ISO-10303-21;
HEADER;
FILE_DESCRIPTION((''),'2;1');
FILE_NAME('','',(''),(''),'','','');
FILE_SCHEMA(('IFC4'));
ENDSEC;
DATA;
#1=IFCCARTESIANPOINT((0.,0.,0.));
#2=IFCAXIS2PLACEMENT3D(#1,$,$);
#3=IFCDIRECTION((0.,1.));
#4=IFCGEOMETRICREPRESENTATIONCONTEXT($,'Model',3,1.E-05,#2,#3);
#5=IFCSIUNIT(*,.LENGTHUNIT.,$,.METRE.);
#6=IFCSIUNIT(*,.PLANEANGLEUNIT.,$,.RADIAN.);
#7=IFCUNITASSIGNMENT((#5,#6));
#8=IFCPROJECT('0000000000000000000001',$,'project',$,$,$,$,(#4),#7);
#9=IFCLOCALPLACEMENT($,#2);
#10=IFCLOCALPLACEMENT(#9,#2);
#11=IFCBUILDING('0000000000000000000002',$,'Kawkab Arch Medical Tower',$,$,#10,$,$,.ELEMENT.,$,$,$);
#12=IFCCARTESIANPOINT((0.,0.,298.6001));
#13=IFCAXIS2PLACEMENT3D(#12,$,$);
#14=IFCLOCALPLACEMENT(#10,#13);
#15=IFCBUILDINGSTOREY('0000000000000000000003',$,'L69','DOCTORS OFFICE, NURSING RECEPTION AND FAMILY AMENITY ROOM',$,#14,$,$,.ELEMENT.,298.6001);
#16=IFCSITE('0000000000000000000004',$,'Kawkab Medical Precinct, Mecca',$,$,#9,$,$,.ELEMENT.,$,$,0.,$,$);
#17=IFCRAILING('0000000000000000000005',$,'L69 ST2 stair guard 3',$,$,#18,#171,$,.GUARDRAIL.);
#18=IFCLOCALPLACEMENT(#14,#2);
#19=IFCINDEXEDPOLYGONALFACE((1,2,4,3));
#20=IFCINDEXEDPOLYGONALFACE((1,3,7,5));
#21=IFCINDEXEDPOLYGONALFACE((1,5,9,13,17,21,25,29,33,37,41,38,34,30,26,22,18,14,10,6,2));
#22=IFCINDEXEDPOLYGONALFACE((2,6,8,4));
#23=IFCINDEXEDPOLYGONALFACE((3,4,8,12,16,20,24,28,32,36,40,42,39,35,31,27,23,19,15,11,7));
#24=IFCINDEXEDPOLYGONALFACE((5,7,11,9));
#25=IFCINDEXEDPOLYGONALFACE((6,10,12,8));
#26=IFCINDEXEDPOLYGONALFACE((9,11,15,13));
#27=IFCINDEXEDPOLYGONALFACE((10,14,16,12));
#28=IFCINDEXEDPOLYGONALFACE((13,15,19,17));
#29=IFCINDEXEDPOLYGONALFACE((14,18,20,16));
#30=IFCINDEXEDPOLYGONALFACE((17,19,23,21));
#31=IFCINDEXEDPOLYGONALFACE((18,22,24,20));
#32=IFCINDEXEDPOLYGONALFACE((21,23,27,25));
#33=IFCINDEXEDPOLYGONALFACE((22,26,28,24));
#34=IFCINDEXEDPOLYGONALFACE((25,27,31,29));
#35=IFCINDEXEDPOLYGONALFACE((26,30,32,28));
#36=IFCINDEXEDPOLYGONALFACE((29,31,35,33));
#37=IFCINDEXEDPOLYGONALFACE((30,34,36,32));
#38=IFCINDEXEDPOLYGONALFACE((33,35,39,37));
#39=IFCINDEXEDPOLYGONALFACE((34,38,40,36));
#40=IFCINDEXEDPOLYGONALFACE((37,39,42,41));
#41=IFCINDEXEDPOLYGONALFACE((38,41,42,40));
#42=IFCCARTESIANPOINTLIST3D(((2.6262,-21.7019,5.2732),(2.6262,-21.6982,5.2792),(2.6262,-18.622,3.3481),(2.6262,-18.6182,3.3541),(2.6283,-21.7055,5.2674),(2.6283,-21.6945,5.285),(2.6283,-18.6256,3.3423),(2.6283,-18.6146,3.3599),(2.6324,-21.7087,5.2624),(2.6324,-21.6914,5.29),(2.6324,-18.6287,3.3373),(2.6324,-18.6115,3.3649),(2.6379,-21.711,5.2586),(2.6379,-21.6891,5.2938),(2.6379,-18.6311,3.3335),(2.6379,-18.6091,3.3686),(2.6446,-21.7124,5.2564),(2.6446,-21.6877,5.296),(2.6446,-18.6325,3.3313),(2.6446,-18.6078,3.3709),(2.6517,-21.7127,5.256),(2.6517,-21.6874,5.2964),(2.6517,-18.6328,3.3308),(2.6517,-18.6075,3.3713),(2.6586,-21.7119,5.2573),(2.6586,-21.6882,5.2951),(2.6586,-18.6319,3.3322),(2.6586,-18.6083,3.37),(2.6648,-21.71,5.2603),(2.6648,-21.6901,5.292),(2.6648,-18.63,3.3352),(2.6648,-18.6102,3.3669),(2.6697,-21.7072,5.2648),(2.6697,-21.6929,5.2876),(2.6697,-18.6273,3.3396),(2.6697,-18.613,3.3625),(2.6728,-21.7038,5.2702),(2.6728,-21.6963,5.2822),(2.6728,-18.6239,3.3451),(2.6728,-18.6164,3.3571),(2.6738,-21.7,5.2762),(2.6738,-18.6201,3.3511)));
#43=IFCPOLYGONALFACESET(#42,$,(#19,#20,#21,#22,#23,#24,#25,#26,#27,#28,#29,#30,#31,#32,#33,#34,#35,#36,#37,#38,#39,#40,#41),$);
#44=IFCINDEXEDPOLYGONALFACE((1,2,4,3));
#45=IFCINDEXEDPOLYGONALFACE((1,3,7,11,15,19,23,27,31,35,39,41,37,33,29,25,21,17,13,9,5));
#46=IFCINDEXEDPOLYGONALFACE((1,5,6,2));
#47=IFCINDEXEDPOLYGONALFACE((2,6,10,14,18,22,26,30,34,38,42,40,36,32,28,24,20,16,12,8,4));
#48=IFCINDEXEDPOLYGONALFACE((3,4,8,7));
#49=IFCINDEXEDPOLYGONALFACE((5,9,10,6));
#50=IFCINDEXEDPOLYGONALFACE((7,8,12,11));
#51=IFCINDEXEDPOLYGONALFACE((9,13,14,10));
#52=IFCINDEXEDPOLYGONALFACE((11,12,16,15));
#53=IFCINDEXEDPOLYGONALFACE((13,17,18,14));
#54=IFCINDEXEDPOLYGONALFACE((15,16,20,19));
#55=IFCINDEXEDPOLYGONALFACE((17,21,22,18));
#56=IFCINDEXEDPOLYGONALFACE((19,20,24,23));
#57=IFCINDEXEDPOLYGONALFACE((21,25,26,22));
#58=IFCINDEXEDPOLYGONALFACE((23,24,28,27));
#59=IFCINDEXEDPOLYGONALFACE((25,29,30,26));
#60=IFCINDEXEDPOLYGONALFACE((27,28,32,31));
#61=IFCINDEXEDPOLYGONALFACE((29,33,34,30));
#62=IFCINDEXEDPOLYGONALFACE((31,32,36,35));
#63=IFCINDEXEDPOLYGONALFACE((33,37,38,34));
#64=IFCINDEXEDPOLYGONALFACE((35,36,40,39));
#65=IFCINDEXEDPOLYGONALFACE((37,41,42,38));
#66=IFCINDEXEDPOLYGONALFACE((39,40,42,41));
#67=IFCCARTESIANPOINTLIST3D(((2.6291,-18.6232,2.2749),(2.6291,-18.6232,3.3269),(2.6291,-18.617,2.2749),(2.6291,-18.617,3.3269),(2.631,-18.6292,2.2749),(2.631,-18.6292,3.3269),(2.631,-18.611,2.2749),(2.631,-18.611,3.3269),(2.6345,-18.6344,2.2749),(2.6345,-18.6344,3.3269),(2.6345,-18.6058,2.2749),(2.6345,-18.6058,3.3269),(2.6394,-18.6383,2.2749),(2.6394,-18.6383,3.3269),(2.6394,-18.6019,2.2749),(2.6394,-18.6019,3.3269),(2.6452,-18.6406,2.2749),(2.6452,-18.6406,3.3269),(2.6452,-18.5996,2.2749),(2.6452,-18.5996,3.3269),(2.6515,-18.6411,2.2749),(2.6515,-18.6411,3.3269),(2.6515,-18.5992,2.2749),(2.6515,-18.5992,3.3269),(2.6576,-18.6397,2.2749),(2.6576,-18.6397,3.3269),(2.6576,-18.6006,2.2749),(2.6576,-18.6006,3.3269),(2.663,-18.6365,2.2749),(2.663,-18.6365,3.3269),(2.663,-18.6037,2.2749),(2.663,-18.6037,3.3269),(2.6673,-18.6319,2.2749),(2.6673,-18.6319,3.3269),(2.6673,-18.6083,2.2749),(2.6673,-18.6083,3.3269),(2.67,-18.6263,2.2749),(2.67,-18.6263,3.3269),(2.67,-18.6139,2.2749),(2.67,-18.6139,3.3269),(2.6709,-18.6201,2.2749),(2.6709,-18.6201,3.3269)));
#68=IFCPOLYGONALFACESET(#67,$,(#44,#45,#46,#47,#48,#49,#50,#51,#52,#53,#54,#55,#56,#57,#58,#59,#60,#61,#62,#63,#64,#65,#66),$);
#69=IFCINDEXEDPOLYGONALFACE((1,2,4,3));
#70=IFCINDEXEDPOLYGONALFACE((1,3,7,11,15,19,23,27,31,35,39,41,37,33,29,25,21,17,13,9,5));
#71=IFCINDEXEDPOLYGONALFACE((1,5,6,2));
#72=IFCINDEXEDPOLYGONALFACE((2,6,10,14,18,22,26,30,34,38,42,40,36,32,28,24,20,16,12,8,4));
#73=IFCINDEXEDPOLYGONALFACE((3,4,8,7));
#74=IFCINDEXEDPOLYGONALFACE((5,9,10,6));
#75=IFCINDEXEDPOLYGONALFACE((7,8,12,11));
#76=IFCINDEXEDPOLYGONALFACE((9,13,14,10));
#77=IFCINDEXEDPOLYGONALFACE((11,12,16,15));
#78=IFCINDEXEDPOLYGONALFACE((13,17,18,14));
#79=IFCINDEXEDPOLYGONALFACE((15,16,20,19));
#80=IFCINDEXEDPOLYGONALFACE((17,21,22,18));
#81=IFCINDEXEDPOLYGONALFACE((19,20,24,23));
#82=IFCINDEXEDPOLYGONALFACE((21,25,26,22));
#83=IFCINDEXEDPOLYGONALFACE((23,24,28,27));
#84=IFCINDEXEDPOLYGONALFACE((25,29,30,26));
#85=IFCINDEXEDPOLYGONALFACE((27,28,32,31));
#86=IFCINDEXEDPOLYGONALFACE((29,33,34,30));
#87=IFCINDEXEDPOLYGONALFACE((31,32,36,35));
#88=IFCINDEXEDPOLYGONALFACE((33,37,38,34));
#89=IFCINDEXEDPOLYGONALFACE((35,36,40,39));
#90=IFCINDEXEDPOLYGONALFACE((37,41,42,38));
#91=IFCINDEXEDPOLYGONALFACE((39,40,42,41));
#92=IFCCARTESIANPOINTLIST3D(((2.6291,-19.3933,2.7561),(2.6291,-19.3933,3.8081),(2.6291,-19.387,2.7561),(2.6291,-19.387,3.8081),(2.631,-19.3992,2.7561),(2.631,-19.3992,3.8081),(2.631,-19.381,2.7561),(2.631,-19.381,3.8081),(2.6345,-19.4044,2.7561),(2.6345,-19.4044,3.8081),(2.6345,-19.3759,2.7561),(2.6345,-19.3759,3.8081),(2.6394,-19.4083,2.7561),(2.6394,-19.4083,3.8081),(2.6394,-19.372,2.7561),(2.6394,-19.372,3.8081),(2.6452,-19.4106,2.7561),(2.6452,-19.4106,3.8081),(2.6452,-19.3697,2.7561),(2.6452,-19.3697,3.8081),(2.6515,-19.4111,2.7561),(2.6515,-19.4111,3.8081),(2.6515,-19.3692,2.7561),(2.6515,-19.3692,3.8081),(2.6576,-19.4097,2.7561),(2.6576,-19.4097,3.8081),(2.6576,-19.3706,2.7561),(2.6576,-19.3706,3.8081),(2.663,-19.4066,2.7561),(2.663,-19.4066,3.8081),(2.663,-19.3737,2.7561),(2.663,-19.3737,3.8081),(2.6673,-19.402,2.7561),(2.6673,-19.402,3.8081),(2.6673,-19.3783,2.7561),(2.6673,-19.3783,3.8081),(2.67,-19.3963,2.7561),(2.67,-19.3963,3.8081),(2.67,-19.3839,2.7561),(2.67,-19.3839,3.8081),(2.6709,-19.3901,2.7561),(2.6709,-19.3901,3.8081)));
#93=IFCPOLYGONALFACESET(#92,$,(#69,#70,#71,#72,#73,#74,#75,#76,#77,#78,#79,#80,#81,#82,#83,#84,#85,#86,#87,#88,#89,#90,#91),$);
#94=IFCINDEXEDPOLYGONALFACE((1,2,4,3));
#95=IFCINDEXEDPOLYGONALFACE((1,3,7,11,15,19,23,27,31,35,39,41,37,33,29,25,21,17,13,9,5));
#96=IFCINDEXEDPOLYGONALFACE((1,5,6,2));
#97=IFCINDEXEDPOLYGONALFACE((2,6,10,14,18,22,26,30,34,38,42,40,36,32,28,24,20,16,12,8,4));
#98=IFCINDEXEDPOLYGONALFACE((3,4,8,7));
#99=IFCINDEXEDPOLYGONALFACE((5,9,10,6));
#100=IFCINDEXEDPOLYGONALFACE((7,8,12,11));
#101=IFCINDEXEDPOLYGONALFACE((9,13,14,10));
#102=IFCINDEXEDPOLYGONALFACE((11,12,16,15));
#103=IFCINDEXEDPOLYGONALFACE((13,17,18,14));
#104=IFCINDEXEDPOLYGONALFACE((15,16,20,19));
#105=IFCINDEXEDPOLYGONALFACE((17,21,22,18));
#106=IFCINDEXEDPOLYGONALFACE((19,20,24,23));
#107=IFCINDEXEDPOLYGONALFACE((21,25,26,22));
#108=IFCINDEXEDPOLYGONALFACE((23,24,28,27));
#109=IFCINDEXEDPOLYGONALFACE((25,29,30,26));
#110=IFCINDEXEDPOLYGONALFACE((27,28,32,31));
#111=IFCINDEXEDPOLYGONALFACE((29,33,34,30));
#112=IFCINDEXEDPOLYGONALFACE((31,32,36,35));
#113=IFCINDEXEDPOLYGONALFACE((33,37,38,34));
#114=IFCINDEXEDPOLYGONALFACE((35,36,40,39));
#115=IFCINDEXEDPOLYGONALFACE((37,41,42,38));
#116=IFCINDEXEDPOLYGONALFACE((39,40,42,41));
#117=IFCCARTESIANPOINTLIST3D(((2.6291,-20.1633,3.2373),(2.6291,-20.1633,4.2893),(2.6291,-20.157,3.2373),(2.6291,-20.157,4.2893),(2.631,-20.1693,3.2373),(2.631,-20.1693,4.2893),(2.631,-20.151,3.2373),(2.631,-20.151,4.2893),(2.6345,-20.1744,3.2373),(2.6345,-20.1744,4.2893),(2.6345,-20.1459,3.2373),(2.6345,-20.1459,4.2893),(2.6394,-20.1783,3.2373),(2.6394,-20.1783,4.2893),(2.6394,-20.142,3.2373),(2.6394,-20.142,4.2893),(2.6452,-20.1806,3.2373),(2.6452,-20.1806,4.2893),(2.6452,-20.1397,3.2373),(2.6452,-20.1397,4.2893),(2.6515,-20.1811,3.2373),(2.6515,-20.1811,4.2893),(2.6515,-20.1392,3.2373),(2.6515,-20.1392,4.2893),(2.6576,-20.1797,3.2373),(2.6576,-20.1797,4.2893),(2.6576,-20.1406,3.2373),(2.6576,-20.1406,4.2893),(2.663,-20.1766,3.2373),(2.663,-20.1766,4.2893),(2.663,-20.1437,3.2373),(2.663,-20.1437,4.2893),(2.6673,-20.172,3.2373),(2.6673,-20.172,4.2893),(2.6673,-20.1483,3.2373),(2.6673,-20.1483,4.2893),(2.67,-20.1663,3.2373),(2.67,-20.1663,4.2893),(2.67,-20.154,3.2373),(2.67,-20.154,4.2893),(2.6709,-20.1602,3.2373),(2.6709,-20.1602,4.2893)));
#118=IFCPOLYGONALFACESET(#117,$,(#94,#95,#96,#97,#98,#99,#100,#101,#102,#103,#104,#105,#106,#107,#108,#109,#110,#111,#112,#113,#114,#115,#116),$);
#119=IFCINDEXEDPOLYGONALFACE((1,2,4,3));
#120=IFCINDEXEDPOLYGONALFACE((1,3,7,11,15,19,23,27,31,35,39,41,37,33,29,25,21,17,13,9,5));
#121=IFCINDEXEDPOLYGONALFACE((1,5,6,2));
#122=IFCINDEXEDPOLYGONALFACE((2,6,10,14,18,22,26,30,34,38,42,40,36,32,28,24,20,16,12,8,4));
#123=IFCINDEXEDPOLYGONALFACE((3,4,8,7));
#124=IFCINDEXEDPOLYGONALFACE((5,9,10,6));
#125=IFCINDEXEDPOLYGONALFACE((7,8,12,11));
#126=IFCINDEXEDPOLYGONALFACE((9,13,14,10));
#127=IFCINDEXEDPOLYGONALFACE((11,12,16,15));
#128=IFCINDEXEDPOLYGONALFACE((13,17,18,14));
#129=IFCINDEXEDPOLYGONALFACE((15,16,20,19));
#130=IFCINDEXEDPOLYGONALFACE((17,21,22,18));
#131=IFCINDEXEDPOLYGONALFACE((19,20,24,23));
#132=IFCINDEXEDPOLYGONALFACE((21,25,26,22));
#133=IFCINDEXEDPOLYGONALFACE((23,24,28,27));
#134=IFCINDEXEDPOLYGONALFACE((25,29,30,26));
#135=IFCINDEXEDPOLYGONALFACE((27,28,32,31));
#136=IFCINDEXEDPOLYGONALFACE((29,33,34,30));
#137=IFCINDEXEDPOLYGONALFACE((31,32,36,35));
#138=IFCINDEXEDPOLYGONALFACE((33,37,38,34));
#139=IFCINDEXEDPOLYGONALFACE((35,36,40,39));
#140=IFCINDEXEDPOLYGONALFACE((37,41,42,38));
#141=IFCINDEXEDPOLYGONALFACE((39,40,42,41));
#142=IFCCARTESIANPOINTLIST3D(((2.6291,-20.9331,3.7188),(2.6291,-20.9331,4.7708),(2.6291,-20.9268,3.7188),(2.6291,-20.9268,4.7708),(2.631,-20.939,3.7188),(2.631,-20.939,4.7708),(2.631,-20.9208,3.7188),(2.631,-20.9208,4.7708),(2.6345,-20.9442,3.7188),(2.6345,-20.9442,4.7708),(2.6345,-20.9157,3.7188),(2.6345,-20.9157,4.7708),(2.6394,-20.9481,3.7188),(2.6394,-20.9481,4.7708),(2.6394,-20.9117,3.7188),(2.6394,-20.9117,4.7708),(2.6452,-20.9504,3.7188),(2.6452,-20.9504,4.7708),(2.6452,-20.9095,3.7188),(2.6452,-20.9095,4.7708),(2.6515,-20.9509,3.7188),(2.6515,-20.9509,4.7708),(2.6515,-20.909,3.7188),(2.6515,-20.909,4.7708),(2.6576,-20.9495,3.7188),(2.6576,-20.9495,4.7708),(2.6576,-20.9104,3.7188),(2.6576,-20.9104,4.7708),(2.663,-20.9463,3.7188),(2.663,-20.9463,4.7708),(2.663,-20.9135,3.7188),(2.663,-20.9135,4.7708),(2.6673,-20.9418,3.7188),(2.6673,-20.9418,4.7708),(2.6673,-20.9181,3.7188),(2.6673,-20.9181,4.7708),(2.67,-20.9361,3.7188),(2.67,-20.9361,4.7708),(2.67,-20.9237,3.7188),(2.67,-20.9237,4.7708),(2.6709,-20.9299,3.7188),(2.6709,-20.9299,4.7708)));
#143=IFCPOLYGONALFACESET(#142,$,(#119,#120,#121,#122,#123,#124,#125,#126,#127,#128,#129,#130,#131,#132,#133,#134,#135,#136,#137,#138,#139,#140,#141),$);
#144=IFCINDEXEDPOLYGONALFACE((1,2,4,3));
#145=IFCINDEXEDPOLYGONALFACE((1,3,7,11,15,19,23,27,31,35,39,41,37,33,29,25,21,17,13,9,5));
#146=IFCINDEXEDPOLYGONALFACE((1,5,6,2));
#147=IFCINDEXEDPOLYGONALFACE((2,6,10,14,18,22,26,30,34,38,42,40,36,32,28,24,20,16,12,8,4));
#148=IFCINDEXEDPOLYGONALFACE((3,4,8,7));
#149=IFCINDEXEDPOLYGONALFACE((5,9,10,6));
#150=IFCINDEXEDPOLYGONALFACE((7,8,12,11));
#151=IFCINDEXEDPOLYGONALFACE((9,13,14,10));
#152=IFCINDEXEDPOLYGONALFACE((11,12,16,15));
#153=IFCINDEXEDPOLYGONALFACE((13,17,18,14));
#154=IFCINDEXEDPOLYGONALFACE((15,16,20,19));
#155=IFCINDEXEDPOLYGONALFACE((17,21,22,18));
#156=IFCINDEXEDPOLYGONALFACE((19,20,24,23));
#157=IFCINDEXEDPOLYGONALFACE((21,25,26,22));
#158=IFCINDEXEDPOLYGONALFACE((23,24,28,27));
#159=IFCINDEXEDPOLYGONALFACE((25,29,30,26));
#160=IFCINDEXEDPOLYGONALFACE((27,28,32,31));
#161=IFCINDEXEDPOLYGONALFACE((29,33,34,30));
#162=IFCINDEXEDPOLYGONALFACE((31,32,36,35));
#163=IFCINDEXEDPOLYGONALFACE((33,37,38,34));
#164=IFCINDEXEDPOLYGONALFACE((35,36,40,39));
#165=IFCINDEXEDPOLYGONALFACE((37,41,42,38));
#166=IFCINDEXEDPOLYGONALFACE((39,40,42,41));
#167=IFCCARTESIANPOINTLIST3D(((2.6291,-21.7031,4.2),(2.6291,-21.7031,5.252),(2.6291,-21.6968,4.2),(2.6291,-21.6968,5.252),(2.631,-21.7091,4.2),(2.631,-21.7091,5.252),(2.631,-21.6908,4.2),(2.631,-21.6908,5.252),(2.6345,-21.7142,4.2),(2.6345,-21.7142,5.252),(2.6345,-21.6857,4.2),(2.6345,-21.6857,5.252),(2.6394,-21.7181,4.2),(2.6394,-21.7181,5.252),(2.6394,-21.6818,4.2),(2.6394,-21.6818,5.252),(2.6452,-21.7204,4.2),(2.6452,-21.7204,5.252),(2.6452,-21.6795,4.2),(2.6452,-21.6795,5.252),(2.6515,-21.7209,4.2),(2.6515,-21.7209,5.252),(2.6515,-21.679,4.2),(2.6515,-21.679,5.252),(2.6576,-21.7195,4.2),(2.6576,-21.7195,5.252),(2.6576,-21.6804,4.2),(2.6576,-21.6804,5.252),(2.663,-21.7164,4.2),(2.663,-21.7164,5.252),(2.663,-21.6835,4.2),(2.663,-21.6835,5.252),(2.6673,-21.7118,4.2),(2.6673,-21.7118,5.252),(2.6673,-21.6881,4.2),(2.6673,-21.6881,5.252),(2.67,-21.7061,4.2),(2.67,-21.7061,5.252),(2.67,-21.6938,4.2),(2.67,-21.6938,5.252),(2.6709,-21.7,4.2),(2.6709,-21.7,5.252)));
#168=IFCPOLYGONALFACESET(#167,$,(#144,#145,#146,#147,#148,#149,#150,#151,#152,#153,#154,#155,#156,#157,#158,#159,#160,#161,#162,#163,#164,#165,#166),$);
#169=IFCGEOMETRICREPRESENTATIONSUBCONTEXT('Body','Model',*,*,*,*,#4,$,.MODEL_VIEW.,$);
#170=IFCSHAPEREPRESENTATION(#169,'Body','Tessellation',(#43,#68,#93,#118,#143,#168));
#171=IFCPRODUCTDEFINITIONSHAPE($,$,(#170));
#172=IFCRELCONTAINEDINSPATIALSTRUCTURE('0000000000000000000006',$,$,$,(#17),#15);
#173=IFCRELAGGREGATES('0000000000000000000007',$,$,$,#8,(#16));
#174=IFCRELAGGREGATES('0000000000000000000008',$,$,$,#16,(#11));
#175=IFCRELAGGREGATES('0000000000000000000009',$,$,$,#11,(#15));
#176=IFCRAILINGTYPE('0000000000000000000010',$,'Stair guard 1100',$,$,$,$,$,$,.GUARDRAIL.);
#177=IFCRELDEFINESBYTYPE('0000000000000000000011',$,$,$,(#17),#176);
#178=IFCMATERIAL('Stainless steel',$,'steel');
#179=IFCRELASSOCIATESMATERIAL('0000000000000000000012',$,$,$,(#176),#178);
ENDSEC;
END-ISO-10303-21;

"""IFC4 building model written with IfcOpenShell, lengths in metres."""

from ifc_helpers import new_model, si_unit, direction, frame, origin, origin_2d, place, context, subcontext, project, spatial, circle, extrude, material, type_object, element, save


model = new_model("IFC4")

# Units and contexts
model_context = context("Model", 3, precision=1e-05, world=origin(), true_north=direction((0.0, 1.0)))
body_context = subcontext(model_context, "Body", "Model", "MODEL_VIEW")
ifc_project = project(units=[si_unit("LENGTHUNIT", "METRE"), si_unit("PLANEANGLEUNIT", "RADIAN")], contexts=[model_context])

# Site, building, storey
site_placement = place(None, origin())
site = spatial("IfcSite", under=ifc_project, at=site_placement, Name="Kawkab Medical Precinct, Mecca", CompositionType="ELEMENT", RefElevation=0.0)
building_placement = place(site_placement, origin())
building = spatial("IfcBuilding", under=site, at=building_placement, Name="Kawkab Arch Medical Tower", CompositionType="ELEMENT")
storey_placement = place(building_placement, frame((0.0, 0.0, 298.6001)))
storey = spatial("IfcBuildingStorey", under=building, at=storey_placement, Name="L69", Description="DOCTORS OFFICE, NURSING RECEPTION AND FAMILY AMENITY ROOM", CompositionType="ELEMENT", Elevation=298.6001)

# Railing
ifc_material_1 = material(Name="Stainless steel", Category="steel")
railing_type = type_object("IfcRailingType", Name="Stair guard 1100", PredefinedType="GUARDRAIL", material=ifc_material_1)
railing_1_placement = place(storey_placement, frame((2.6499, -18.6201, 2.2749)))
element("IfcRailing", 1, at=railing_1_placement, inside=storey, type_object=railing_type, Name="L69 ST2 stair guard 3", PredefinedType="GUARDRAIL", context=body_context, shape_type="SweptSolid", body=[
    extrude(circle(Radius=0.0239, at=origin_2d()), frame((0.0, 0.0, 1.0762), z_axis=(0.0, -0.847979, 0.530029), x_axis=(1.0, 0.0, 0.0)), (0.0, 0.0, 1.0), 3.6321),
    extrude(circle(Radius=0.021, at=origin_2d()), origin(), (0.0, 0.0, 1.0), 1.052),
    extrude(circle(Radius=0.021, at=origin_2d()), frame((0.0, -0.77, 0.4812)), (0.0, 0.0, 1.0), 1.052),
    extrude(circle(Radius=0.021, at=origin_2d()), frame((0.0, -1.54, 0.9624)), (0.0, 0.0, 1.0), 1.052),
    extrude(circle(Radius=0.021, at=origin_2d()), frame((0.0, -2.3098, 1.4438)), (0.0, 0.0, 1.0), 1.052),
    extrude(circle(Radius=0.021, at=origin_2d()), frame((0.0, -3.0798, 1.925)), (0.0, 0.0, 1.0), 1.052),
])

save(model, "model.ifc")
